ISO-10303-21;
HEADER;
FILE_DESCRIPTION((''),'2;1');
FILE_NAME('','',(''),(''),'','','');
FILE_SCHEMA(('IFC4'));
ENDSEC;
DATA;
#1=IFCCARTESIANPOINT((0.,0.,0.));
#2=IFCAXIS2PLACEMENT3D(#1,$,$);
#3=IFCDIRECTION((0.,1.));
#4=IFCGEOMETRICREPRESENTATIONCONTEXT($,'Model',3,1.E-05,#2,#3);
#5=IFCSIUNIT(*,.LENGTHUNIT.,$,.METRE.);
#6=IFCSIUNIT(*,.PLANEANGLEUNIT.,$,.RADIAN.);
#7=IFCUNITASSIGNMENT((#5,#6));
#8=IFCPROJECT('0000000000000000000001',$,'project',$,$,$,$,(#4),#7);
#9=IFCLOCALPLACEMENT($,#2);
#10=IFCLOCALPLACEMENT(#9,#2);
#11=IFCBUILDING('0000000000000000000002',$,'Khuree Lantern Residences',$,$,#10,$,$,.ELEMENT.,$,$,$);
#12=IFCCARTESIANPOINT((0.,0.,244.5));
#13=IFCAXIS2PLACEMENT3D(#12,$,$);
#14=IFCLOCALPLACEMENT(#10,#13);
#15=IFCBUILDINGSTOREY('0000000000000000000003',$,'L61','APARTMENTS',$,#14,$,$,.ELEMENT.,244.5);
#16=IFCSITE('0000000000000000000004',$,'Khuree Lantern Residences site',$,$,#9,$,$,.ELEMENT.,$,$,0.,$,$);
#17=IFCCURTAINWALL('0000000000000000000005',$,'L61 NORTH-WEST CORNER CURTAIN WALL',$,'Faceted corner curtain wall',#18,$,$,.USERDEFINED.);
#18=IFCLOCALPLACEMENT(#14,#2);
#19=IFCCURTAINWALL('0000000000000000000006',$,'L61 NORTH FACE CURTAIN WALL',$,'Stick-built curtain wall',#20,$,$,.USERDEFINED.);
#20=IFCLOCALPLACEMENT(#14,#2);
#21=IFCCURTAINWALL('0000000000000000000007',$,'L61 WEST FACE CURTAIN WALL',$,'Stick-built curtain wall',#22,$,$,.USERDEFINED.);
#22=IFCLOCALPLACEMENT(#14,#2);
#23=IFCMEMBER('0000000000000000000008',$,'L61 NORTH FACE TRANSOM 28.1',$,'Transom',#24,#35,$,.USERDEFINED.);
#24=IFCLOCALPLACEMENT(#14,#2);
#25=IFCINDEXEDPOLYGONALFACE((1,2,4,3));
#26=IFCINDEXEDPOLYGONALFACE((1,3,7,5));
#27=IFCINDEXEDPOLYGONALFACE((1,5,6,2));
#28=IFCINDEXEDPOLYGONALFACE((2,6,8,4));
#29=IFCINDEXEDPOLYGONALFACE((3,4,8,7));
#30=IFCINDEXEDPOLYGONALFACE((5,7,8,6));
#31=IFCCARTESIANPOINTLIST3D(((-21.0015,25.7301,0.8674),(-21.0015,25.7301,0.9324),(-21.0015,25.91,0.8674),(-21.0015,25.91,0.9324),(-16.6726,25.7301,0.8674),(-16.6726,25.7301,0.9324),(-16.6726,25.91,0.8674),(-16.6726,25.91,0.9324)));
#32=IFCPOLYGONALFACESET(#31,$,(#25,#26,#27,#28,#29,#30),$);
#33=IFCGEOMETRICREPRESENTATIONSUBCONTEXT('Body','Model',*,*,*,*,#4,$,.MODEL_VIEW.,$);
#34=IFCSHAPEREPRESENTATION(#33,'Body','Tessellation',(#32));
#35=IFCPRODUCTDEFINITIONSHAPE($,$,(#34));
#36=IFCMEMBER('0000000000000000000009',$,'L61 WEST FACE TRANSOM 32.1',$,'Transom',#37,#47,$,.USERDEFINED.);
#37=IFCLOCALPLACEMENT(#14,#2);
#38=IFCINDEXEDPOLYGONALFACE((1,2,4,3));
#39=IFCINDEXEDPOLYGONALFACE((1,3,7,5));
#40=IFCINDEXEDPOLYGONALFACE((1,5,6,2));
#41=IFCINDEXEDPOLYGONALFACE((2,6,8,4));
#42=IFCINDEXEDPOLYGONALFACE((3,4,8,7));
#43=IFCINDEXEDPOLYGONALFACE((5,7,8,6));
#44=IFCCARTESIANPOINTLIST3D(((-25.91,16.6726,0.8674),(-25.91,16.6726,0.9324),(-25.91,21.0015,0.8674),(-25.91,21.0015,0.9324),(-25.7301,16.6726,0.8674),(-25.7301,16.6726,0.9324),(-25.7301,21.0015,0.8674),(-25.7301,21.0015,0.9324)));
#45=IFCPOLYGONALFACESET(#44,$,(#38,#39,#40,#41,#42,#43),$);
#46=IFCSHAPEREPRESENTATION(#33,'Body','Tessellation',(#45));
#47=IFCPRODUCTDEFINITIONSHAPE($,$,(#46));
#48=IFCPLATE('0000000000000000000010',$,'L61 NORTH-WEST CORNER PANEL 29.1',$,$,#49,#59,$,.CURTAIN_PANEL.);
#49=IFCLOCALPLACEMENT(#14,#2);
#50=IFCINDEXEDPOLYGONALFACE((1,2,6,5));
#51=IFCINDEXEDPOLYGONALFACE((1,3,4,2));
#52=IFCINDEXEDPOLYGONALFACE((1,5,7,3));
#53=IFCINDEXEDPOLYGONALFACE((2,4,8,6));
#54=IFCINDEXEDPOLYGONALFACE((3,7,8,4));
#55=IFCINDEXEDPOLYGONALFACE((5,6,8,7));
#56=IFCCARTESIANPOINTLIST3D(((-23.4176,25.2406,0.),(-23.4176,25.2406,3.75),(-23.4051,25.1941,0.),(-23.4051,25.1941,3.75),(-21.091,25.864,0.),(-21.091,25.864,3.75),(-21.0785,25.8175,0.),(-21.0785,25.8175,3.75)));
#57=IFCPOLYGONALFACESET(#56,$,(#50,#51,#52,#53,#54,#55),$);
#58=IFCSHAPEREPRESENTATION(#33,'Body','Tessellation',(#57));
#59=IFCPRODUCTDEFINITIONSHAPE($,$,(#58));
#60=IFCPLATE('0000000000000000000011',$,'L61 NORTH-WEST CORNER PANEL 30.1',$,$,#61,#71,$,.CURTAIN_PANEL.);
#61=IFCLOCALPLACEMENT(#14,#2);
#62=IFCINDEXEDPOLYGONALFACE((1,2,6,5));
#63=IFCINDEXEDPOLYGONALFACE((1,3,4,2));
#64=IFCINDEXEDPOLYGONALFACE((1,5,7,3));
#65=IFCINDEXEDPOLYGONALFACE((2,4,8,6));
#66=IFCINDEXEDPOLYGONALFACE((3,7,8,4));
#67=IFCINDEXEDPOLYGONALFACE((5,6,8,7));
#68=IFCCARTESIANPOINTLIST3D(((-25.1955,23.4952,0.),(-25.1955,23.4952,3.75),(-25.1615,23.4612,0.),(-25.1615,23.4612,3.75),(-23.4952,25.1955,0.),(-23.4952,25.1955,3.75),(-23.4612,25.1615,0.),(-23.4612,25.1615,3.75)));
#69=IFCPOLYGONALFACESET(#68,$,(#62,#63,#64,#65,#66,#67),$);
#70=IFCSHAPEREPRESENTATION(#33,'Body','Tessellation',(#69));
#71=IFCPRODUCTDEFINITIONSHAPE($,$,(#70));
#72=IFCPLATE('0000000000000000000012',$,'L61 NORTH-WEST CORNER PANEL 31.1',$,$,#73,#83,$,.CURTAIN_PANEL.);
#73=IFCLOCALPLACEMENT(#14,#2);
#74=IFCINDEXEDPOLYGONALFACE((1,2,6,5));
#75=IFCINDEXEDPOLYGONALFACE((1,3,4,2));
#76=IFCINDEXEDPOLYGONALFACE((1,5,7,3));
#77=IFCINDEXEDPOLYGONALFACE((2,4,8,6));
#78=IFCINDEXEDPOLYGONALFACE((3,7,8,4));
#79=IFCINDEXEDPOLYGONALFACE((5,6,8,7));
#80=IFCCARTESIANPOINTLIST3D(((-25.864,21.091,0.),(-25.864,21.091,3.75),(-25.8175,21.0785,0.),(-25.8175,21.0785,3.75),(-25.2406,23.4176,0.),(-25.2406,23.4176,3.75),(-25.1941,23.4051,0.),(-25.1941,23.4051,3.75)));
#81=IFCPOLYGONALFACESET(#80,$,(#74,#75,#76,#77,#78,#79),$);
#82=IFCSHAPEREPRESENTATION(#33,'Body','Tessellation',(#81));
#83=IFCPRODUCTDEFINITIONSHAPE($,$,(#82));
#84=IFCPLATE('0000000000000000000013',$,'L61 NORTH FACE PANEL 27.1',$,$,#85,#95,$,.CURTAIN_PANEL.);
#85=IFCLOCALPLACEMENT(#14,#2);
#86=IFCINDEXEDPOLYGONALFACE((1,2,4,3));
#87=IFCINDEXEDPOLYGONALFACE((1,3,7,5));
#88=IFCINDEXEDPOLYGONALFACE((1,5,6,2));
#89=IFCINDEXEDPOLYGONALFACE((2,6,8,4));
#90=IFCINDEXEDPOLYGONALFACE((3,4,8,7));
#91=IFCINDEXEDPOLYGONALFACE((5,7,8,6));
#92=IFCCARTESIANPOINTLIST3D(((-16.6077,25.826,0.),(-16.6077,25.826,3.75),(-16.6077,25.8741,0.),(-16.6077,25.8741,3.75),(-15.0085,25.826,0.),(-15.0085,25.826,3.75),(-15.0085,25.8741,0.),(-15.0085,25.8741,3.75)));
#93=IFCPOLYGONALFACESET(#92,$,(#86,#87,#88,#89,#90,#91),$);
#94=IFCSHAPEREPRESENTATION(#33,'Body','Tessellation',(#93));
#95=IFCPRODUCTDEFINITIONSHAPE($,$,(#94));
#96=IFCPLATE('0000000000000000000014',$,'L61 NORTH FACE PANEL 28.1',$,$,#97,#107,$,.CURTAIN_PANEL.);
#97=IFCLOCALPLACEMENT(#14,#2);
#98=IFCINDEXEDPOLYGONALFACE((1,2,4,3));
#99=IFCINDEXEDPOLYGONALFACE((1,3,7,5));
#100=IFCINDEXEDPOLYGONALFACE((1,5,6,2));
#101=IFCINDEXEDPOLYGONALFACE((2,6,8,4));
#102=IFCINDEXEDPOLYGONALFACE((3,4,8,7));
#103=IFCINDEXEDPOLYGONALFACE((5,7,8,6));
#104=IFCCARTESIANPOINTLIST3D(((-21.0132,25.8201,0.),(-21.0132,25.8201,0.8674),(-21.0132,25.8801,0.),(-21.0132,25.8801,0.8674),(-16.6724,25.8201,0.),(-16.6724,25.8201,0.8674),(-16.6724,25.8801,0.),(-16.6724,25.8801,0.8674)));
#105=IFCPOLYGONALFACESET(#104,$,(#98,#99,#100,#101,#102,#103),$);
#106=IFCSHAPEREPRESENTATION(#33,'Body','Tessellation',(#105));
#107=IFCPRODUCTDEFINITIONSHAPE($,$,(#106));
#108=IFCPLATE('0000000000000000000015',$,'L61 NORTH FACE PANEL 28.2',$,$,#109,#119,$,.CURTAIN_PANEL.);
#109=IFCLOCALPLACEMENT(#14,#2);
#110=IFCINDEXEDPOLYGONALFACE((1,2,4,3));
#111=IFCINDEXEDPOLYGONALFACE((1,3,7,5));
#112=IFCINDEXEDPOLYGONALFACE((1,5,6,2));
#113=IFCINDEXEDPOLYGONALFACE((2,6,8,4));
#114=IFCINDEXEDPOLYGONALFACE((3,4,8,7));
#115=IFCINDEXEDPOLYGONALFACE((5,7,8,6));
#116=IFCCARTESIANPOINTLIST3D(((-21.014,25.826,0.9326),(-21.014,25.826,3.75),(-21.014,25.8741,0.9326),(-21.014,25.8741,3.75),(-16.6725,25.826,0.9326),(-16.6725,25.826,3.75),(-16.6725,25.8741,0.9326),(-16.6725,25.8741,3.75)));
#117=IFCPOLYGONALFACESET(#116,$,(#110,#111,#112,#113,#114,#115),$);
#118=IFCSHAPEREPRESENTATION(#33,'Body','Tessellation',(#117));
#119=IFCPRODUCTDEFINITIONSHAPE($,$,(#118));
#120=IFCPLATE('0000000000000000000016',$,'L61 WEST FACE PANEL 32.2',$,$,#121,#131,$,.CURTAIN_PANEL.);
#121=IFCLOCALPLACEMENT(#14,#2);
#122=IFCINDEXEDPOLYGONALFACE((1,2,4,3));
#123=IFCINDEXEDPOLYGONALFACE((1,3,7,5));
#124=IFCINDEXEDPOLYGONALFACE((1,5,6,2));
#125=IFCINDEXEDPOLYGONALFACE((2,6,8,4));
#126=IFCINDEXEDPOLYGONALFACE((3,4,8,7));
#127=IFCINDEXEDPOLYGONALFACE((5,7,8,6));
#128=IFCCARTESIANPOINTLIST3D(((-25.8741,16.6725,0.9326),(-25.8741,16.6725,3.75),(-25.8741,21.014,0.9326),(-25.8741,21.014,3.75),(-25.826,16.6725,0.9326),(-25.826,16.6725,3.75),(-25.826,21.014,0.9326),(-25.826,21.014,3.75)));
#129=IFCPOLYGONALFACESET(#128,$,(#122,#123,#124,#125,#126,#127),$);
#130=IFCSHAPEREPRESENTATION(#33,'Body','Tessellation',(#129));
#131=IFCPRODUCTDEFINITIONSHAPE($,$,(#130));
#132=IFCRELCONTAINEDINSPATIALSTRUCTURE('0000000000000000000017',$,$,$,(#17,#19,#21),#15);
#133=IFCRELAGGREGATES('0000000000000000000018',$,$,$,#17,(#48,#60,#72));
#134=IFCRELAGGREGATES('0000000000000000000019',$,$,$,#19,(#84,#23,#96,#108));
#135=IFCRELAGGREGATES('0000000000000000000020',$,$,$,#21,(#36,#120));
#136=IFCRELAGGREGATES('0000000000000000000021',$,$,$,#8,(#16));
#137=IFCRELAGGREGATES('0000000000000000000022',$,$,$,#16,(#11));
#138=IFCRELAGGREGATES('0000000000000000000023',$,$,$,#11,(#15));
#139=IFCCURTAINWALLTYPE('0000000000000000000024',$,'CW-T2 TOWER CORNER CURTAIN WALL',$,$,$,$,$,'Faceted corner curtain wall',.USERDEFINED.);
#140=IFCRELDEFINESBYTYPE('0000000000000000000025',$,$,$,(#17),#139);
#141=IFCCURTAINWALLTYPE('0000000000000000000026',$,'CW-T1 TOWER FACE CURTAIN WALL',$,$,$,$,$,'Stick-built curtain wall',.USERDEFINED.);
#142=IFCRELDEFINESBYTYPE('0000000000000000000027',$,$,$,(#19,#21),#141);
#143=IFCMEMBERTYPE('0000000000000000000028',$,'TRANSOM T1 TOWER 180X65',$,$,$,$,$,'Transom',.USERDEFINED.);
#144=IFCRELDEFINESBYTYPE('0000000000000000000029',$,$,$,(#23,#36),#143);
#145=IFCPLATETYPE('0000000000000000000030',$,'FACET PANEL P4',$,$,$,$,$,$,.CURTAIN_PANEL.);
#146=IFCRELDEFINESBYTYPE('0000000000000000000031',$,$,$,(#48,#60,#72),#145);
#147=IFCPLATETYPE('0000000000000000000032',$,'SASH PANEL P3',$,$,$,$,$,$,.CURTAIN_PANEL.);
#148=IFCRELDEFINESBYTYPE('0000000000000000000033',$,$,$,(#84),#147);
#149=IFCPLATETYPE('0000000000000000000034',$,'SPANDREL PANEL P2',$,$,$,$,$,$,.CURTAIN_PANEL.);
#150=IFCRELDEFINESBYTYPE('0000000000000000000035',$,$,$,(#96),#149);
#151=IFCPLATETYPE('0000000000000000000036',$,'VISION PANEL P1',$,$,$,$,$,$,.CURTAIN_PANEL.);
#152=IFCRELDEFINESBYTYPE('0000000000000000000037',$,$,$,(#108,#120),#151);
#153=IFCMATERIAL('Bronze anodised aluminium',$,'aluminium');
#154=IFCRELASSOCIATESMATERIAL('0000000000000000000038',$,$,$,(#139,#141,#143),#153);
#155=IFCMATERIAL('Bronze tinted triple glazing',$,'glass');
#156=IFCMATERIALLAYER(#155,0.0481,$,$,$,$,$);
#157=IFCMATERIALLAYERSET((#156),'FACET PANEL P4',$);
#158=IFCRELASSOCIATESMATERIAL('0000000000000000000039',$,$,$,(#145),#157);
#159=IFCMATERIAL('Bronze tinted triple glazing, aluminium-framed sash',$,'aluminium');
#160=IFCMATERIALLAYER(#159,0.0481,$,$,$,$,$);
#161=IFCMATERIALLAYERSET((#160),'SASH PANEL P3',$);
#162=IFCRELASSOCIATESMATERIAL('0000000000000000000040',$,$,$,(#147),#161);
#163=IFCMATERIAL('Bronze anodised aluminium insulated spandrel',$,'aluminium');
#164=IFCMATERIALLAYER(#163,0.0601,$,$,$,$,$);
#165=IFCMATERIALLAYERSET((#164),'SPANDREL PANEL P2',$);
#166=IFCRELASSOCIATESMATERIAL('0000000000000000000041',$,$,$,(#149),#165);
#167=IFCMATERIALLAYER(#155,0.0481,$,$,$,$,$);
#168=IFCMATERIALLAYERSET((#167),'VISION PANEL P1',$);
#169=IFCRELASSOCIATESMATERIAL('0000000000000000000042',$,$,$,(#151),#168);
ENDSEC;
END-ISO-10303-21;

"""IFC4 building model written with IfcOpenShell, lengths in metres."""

from ifc_helpers import new_model, si_unit, direction, frame, origin, origin_2d, place, context, subcontext, project, spatial, rectangle, extrude, material, layer, layer_set, material_profile, profile_set, type_object, element, aggregate, save


model = new_model("IFC4")

# Units and contexts
model_context = context("Model", 3, precision=1e-05, world=origin(), true_north=direction((0.0, 1.0)))
body_context = subcontext(model_context, "Body", "Model", "MODEL_VIEW")
ifc_project = project(units=[si_unit("LENGTHUNIT", "METRE"), si_unit("PLANEANGLEUNIT", "RADIAN")], contexts=[model_context])

# Site, building, storey
site_placement = place(None, origin())
site = spatial("IfcSite", under=ifc_project, at=site_placement, Name="Khuree Lantern Residences site", CompositionType="ELEMENT", RefElevation=0.0)
building_placement = place(site_placement, origin())
building = spatial("IfcBuilding", under=site, at=building_placement, Name="Khuree Lantern Residences", CompositionType="ELEMENT")
storey_placement = place(building_placement, frame((0.0, 0.0, 244.5)))
storey = spatial("IfcBuildingStorey", under=building, at=storey_placement, Name="L61", Description="APARTMENTS", CompositionType="ELEMENT", Elevation=244.5)

# Curtain wall
ifc_material_1 = material(Name="Bronze anodised aluminium", Category="aluminium")
curtain_wall_type_1 = type_object("IfcCurtainWallType", Name="CW-T2 TOWER CORNER CURTAIN WALL", ElementType="Faceted corner curtain wall", PredefinedType="USERDEFINED", material=ifc_material_1)
curtain_wall_1_placement = place(storey_placement, origin())
curtain_wall_1 = element("IfcCurtainWall", 1, at=curtain_wall_1_placement, inside=storey, type_object=curtain_wall_type_1, Name="L61 NORTH-WEST CORNER CURTAIN WALL", ObjectType="Faceted corner curtain wall", PredefinedType="USERDEFINED")

# Curtain wall
curtain_wall_type_2 = type_object("IfcCurtainWallType", Name="CW-T1 TOWER FACE CURTAIN WALL", ElementType="Stick-built curtain wall", PredefinedType="USERDEFINED", material=ifc_material_1)
curtain_wall_2_placement = place(storey_placement, origin())
curtain_wall_2 = element("IfcCurtainWall", 2, at=curtain_wall_2_placement, inside=storey, type_object=curtain_wall_type_2, Name="L61 NORTH FACE CURTAIN WALL", ObjectType="Stick-built curtain wall", PredefinedType="USERDEFINED")

# Curtain wall
curtain_wall_3_placement = place(storey_placement, origin())
curtain_wall_3 = element("IfcCurtainWall", 3, at=curtain_wall_3_placement, inside=storey, type_object=curtain_wall_type_2, Name="L61 WEST FACE CURTAIN WALL", ObjectType="Stick-built curtain wall", PredefinedType="USERDEFINED")

# Members
ifc_material_profile_1 = material_profile(ifc_material_1, rectangle(XDim=0.1799, YDim=0.0649, at=origin_2d()), Name="T1 180X65")
ifc_profile_set_1 = profile_set([ifc_material_profile_1], Name="Bronze anodised aluminium")
member_type_1 = type_object("IfcMemberType", Name="TRANSOM T1 TOWER 180X65", ElementType="Transom", PredefinedType="USERDEFINED", material=ifc_profile_set_1)
member_1_placement = place(storey_placement, frame((-16.6726, 25.8201, 0.8999), z_axis=(-1.0, 0.0, 0.0), x_axis=(0.0, -1.0, 0.0)))
member_1 = element("IfcMember", 4, at=member_1_placement, type_object=member_type_1, Name="L61 NORTH FACE TRANSOM 28.1", ObjectType="Transom", PredefinedType="USERDEFINED", context=body_context, shape_type="SweptSolid", body=[
    extrude(rectangle(XDim=0.1799, YDim=0.0649, at=origin_2d()), origin(), (0.0, 0.0, 1.0), 4.3289),
])
member_2_placement = place(storey_placement, frame((-25.8201, 21.0015, 0.8999), z_axis=(0.0, -1.0, 0.0), x_axis=(1.0, 0.0, 0.0)))
member_2 = element("IfcMember", 5, at=member_2_placement, type_object=member_type_1, Name="L61 WEST FACE TRANSOM 32.1", ObjectType="Transom", PredefinedType="USERDEFINED", context=body_context, shape_type="SweptSolid", body=[
    extrude(rectangle(XDim=0.1799, YDim=0.0649, at=origin_2d()), origin(), (0.0, 0.0, 1.0), 4.3289),
])

# Plates
ifc_material_2 = material(Name="Bronze tinted triple glazing", Category="glass")
ifc_layer_1 = layer(ifc_material_2, 0.0481)
ifc_layer_set_1 = layer_set([ifc_layer_1], Name="FACET PANEL P4")
plate_type_1 = type_object("IfcPlateType", Name="FACET PANEL P4", PredefinedType="CURTAIN_PANEL", material=ifc_layer_set_1)
plate_1_placement = place(storey_placement, frame((-22.248, 25.5291, 0.0), z_axis=(0.0, 0.0, 1.0), x_axis=(-0.965926, -0.258819, 0.0)))
plate_1 = element("IfcPlate", 6, at=plate_1_placement, type_object=plate_type_1, Name="L61 NORTH-WEST CORNER PANEL 29.1", PredefinedType="CURTAIN_PANEL", context=body_context, shape_type="SweptSolid", body=[
    extrude(rectangle(XDim=2.4087, YDim=0.0481, at=origin_2d()), origin(), (0.0, 0.0, 1.0), 3.75),
])
plate_2_placement = place(storey_placement, frame((-24.3284, 24.3284, 0.0), z_axis=(0.0, 0.0, 1.0), x_axis=(-0.707107, -0.707107, 0.0)))
plate_2 = element("IfcPlate", 7, at=plate_2_placement, type_object=plate_type_1, Name="L61 NORTH-WEST CORNER PANEL 30.1", PredefinedType="CURTAIN_PANEL", context=body_context, shape_type="SweptSolid", body=[
    extrude(rectangle(XDim=2.4045, YDim=0.0481, at=origin_2d()), origin(), (0.0, 0.0, 1.0), 3.75),
])
plate_3_placement = place(storey_placement, frame((-25.5291, 22.248, 0.0), z_axis=(0.0, 0.0, 1.0), x_axis=(-0.258819, -0.965926, 0.0)))
plate_3 = element("IfcPlate", 8, at=plate_3_placement, type_object=plate_type_1, Name="L61 NORTH-WEST CORNER PANEL 31.1", PredefinedType="CURTAIN_PANEL", context=body_context, shape_type="SweptSolid", body=[
    extrude(rectangle(XDim=2.4087, YDim=0.0481, at=origin_2d()), origin(), (0.0, 0.0, 1.0), 3.75),
])
aggregate(curtain_wall_1, [plate_1, plate_2, plate_3])
ifc_material_3 = material(Name="Bronze tinted triple glazing, aluminium-framed sash", Category="aluminium")
ifc_layer_2 = layer(ifc_material_3, 0.0481)
ifc_layer_set_2 = layer_set([ifc_layer_2], Name="SASH PANEL P3")
plate_type_2 = type_object("IfcPlateType", Name="SASH PANEL P3", PredefinedType="CURTAIN_PANEL", material=ifc_layer_set_2)
plate_4_placement = place(storey_placement, frame((-15.8081, 25.8501, 0.0), z_axis=(0.0, 0.0, 1.0), x_axis=(-1.0, 0.0, 0.0)))
plate_4 = element("IfcPlate", 9, at=plate_4_placement, type_object=plate_type_2, Name="L61 NORTH FACE PANEL 27.1", PredefinedType="CURTAIN_PANEL", context=body_context, shape_type="SweptSolid", body=[
    extrude(rectangle(XDim=1.5991, YDim=0.0481, at=origin_2d()), origin(), (0.0, 0.0, 1.0), 3.75),
])
ifc_material_4 = material(Name="Bronze anodised aluminium insulated spandrel", Category="aluminium")
ifc_layer_3 = layer(ifc_material_4, 0.0601)
ifc_layer_set_3 = layer_set([ifc_layer_3], Name="SPANDREL PANEL P2")
plate_type_3 = type_object("IfcPlateType", Name="SPANDREL PANEL P2", PredefinedType="CURTAIN_PANEL", material=ifc_layer_set_3)
plate_5_placement = place(storey_placement, frame((-18.8428, 25.8501, 0.0), z_axis=(0.0, 0.0, 1.0), x_axis=(-1.0, 0.0, 0.0)))
plate_5 = element("IfcPlate", 10, at=plate_5_placement, type_object=plate_type_3, Name="L61 NORTH FACE PANEL 28.1", PredefinedType="CURTAIN_PANEL", context=body_context, shape_type="SweptSolid", body=[
    extrude(rectangle(XDim=4.3408, YDim=0.0601, at=origin_2d()), origin(), (0.0, 0.0, 1.0), 0.8674),
])
ifc_layer_4 = layer(ifc_material_2, 0.0481)
ifc_layer_set_4 = layer_set([ifc_layer_4], Name="VISION PANEL P1")
plate_type_4 = type_object("IfcPlateType", Name="VISION PANEL P1", PredefinedType="CURTAIN_PANEL", material=ifc_layer_set_4)
plate_6_placement = place(storey_placement, frame((-18.8433, 25.8501, 0.9326), z_axis=(0.0, 0.0, 1.0), x_axis=(-1.0, 0.0, 0.0)))
plate_6 = element("IfcPlate", 11, at=plate_6_placement, type_object=plate_type_4, Name="L61 NORTH FACE PANEL 28.2", PredefinedType="CURTAIN_PANEL", context=body_context, shape_type="SweptSolid", body=[
    extrude(rectangle(XDim=4.3416, YDim=0.0481, at=origin_2d()), origin(), (0.0, 0.0, 1.0), 2.8174),
])
aggregate(curtain_wall_2, [plate_4, member_1, plate_5, plate_6])
plate_7_placement = place(storey_placement, frame((-25.8501, 18.8433, 0.9326), z_axis=(0.0, 0.0, 1.0), x_axis=(0.0, -1.0, 0.0)))
plate_7 = element("IfcPlate", 12, at=plate_7_placement, type_object=plate_type_4, Name="L61 WEST FACE PANEL 32.2", PredefinedType="CURTAIN_PANEL", context=body_context, shape_type="SweptSolid", body=[
    extrude(rectangle(XDim=4.3416, YDim=0.0481, at=origin_2d()), origin(), (0.0, 0.0, 1.0), 2.8174),
])
aggregate(curtain_wall_3, [member_2, plate_7])

save(model, "model.ifc")
